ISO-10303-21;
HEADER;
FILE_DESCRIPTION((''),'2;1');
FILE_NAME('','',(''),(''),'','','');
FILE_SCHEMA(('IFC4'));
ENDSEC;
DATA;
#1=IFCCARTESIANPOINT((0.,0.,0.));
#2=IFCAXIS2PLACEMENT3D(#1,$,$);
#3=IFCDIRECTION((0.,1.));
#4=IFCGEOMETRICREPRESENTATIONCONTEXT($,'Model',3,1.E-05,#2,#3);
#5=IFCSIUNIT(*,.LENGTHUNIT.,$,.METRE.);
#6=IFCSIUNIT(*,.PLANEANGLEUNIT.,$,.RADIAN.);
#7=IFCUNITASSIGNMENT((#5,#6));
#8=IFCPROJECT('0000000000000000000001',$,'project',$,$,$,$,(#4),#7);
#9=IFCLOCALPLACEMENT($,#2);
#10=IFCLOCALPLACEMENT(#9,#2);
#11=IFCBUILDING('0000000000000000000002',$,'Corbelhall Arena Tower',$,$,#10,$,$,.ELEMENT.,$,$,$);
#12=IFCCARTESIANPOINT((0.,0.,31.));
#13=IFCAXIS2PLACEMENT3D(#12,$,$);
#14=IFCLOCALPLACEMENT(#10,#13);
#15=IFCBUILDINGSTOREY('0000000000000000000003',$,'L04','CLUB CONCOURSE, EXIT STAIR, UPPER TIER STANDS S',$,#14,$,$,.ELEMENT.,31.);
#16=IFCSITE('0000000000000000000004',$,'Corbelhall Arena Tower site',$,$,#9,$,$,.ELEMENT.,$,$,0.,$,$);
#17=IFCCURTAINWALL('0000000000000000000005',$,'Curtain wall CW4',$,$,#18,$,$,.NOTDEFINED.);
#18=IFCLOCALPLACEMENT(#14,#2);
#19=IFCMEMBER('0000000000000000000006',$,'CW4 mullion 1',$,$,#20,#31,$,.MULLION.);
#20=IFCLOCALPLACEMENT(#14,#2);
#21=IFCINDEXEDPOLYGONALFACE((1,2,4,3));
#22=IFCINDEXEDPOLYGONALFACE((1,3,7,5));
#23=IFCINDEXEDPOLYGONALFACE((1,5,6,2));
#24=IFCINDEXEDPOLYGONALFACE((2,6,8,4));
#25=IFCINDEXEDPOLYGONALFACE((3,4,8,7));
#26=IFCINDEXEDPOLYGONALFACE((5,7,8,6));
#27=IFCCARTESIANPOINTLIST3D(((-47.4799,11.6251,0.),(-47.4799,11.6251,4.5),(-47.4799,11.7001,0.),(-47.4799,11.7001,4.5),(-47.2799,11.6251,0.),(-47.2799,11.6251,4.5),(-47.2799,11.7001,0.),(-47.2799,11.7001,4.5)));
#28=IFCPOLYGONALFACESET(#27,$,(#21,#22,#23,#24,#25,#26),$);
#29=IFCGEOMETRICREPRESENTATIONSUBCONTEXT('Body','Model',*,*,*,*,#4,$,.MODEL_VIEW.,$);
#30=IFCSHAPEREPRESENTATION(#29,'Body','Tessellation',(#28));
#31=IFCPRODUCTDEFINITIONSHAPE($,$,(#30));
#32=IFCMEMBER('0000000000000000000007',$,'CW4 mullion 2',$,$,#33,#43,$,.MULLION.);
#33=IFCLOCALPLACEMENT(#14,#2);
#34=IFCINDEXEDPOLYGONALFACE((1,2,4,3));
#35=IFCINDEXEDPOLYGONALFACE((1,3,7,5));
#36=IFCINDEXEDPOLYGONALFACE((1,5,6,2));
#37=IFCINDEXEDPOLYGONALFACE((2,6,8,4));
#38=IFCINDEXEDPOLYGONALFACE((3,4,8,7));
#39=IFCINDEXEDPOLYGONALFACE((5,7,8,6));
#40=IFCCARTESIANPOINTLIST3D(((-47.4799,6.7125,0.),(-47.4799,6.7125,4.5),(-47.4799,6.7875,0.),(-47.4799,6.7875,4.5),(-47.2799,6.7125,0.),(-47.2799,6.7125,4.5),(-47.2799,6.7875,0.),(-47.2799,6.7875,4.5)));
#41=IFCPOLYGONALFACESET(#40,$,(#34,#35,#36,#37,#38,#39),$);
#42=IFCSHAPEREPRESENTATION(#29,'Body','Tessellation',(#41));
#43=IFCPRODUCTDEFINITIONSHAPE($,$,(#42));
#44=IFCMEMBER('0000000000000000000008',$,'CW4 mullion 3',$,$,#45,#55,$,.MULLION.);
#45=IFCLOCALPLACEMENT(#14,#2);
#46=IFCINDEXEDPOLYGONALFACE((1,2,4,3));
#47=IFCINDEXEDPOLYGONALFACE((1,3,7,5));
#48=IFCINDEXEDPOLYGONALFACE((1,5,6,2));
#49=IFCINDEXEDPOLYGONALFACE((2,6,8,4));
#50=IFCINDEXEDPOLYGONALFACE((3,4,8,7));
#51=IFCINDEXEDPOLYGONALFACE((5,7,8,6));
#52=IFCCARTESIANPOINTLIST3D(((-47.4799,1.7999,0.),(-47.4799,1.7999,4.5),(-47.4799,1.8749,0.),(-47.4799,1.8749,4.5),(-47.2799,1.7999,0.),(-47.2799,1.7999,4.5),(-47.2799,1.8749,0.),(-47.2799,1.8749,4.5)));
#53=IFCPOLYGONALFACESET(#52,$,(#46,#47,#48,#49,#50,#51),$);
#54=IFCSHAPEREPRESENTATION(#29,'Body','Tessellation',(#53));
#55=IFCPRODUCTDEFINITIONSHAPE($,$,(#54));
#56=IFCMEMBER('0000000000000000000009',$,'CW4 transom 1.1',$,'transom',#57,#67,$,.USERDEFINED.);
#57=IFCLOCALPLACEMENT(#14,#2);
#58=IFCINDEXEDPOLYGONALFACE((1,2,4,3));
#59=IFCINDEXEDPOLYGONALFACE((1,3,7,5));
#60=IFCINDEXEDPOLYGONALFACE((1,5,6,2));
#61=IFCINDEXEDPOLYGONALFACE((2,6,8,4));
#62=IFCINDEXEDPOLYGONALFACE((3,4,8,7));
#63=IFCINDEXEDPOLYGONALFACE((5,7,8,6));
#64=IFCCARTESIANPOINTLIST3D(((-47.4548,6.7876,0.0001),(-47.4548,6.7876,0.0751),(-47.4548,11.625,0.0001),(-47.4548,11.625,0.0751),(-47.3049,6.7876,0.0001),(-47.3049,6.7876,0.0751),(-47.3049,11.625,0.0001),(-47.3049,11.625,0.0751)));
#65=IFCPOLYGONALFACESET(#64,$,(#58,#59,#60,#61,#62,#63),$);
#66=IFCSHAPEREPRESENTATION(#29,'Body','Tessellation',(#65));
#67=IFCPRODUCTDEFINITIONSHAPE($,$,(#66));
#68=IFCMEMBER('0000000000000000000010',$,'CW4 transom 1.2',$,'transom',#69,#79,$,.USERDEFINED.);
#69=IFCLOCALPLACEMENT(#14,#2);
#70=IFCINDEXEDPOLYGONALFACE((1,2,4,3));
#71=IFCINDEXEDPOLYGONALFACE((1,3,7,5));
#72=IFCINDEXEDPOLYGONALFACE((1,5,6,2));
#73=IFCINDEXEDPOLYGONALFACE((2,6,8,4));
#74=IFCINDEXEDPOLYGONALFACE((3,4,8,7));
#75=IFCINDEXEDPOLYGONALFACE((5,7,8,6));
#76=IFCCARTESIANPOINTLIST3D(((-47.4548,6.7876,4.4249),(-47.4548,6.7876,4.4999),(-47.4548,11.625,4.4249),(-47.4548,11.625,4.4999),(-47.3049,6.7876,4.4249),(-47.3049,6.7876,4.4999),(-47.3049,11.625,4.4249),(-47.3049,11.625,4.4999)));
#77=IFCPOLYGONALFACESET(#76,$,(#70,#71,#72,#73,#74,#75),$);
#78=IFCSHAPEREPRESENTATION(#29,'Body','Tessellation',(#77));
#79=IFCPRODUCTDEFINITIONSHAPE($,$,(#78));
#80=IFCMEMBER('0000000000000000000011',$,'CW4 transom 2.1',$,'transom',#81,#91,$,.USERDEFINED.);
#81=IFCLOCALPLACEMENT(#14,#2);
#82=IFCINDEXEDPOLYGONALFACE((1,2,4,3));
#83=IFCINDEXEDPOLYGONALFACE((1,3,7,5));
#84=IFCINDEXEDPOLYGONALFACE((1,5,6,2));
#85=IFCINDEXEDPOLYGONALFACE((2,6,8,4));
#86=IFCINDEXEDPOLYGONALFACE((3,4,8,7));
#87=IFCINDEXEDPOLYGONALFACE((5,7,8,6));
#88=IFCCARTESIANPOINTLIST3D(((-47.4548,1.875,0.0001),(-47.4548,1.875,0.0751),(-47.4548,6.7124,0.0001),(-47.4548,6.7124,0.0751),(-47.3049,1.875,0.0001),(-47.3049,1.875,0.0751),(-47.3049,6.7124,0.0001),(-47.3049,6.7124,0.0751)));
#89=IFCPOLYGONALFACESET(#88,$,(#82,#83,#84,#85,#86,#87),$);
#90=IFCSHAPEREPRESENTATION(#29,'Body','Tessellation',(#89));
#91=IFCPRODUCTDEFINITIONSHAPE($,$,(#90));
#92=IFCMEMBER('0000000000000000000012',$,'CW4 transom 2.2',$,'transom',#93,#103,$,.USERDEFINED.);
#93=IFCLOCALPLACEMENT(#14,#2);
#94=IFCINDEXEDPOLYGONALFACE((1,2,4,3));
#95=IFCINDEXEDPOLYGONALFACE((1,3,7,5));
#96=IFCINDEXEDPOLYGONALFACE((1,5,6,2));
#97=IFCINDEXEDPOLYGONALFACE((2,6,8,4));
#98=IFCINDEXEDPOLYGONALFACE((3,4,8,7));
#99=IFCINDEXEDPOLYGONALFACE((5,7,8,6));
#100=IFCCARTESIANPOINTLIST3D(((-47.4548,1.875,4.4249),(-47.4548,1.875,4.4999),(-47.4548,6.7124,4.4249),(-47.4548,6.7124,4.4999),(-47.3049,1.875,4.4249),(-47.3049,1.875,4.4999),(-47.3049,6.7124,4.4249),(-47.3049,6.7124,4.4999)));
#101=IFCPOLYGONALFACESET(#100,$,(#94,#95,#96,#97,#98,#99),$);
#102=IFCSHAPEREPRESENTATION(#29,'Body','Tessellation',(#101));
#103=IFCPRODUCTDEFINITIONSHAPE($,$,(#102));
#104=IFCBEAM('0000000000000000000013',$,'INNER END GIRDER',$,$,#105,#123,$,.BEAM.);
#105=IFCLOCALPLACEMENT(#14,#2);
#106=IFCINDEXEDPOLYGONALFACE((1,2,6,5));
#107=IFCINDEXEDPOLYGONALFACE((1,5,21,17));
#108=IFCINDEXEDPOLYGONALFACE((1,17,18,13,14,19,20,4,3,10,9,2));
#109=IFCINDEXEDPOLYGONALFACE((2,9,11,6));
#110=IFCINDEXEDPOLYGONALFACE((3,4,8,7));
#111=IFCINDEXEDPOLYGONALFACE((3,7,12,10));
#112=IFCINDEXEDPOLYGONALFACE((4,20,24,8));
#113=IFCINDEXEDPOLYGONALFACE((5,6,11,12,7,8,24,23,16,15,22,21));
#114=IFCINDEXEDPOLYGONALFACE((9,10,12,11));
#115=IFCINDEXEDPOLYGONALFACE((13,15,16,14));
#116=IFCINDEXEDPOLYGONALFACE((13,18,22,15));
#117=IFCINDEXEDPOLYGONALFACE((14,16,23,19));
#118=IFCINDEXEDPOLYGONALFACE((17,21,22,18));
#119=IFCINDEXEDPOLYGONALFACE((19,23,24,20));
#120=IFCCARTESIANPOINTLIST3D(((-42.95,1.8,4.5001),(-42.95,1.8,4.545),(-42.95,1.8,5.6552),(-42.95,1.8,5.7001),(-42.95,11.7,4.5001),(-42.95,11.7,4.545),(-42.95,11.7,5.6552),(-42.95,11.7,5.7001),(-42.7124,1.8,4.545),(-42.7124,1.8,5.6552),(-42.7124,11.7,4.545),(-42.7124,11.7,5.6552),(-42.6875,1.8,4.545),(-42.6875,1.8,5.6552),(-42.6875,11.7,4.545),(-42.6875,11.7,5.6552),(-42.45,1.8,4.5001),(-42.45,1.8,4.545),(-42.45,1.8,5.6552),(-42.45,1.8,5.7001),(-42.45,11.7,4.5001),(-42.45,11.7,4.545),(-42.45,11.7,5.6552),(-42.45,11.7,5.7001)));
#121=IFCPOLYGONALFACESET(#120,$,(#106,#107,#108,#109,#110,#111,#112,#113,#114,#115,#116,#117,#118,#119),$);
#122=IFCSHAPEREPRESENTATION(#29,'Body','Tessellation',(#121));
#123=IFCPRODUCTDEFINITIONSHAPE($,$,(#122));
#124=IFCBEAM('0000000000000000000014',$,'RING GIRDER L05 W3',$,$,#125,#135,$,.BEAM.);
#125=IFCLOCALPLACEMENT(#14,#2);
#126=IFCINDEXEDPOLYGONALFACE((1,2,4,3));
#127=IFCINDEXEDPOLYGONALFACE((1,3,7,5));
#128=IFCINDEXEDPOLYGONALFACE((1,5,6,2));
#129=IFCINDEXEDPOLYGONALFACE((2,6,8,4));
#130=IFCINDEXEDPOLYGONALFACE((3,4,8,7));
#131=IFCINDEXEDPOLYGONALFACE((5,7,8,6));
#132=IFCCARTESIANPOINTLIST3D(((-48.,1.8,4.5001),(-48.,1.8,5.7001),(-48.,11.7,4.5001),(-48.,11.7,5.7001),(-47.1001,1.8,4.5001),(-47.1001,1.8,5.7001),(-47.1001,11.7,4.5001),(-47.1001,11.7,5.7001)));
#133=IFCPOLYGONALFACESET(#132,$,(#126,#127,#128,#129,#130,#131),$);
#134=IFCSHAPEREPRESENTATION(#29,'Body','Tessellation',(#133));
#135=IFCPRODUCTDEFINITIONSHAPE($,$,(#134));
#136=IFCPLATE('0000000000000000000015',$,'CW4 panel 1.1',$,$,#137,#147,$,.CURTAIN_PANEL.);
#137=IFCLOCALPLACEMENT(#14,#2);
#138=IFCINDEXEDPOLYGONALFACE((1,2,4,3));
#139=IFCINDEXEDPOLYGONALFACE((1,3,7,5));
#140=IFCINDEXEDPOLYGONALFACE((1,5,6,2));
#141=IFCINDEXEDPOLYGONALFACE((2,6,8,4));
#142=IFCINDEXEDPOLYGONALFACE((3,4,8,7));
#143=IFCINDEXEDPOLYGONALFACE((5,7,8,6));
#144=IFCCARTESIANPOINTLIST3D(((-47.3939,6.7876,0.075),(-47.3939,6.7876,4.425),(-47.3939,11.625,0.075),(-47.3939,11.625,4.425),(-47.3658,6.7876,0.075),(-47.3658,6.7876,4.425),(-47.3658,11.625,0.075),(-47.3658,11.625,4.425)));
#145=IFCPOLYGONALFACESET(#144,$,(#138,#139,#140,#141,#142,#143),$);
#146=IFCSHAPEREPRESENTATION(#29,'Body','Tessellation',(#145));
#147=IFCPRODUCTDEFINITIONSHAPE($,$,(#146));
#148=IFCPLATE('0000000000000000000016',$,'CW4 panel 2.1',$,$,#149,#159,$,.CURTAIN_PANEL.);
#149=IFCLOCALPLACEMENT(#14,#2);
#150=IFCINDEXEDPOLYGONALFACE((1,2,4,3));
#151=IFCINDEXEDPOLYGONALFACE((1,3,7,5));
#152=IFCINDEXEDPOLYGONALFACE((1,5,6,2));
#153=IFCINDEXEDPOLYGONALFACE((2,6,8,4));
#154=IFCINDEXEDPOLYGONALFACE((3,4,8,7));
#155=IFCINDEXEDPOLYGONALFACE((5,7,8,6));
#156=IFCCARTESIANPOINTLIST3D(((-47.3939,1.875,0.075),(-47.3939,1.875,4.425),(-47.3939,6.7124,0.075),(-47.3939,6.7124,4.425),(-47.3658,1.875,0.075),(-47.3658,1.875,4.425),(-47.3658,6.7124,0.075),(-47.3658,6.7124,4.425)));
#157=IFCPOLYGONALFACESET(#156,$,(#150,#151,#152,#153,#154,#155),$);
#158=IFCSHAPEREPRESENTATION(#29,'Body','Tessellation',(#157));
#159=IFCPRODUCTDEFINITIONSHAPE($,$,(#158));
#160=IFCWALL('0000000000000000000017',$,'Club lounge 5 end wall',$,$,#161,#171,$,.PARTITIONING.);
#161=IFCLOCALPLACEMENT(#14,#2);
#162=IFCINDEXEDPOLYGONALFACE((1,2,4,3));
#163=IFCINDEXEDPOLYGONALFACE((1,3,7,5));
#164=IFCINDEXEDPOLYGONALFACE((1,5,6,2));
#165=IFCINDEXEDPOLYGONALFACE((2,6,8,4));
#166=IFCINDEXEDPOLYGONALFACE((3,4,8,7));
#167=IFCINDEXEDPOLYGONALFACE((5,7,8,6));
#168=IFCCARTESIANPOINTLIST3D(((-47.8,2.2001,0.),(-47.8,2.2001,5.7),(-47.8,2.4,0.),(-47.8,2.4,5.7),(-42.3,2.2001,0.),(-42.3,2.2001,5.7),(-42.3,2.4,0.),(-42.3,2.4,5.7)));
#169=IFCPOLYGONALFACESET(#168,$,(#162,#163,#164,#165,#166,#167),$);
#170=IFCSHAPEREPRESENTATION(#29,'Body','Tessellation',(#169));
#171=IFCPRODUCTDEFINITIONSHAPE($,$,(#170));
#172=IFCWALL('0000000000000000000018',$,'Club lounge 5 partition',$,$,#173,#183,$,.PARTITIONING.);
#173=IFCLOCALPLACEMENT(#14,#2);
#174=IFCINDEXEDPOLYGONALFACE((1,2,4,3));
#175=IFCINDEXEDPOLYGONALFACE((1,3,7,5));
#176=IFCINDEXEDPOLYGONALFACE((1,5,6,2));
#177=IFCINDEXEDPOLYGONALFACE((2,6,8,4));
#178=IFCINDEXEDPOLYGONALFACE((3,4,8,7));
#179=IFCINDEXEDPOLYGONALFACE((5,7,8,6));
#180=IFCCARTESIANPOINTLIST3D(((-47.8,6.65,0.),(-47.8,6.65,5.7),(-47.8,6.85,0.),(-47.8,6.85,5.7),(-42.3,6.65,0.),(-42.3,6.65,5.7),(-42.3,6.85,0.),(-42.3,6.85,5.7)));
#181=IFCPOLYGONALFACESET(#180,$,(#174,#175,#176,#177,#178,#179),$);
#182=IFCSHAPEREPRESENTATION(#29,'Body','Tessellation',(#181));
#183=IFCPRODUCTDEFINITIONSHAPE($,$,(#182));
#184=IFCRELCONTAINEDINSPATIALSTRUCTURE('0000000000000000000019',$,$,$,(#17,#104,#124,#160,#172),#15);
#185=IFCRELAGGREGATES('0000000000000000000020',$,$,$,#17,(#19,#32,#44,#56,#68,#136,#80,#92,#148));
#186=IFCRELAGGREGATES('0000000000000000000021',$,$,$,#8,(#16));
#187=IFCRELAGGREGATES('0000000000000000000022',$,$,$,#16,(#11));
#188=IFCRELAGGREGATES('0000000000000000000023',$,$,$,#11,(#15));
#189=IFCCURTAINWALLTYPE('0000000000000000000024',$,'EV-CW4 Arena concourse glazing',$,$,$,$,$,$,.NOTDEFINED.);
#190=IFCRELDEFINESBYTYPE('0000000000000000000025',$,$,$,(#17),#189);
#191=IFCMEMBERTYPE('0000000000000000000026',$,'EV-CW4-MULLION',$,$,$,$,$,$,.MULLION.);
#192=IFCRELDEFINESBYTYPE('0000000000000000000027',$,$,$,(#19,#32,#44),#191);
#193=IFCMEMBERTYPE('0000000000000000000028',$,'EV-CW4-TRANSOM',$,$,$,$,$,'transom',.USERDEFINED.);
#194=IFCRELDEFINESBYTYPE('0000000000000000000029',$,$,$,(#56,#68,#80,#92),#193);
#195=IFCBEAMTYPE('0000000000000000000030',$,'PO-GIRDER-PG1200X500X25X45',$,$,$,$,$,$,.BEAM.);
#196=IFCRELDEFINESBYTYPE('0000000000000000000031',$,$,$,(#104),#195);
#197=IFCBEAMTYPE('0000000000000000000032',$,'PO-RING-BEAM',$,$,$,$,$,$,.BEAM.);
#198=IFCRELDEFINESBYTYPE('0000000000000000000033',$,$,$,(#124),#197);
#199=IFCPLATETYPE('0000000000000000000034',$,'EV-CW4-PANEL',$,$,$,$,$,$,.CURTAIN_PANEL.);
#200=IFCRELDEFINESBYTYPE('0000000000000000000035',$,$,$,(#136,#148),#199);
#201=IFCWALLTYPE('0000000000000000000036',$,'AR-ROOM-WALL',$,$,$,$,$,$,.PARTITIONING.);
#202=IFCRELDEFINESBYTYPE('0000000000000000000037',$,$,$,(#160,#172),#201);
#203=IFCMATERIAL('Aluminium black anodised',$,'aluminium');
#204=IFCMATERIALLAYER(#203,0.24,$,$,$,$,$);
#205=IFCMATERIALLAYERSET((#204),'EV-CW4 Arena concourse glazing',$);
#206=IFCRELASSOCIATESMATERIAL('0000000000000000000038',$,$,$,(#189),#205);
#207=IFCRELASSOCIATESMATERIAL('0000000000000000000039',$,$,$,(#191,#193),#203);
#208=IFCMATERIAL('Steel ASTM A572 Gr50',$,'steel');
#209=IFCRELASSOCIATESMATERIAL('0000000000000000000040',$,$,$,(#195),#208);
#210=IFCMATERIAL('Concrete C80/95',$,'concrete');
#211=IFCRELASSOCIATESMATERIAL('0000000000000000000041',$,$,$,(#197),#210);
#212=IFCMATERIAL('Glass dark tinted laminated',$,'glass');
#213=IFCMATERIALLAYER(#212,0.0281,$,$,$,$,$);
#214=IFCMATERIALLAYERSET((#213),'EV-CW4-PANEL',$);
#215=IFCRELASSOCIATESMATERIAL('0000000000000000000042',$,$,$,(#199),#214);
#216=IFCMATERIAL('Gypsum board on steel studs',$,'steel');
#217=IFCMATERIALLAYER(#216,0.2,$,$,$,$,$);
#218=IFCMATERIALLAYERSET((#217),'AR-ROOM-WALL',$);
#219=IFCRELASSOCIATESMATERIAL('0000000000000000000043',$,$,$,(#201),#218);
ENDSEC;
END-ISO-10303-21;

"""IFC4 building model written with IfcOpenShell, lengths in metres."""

from ifc_helpers import new_model, si_unit, direction, frame, frame_2d, origin, origin_2d, place, context, subcontext, project, spatial, rectangle, i_section, extrude, material, layer, layer_set, material_profile, profile_set, type_object, element, aggregate, save


model = new_model("IFC4")

# Units and contexts
model_context = context("Model", 3, precision=1e-05, world=origin(), true_north=direction((0.0, 1.0)))
body_context = subcontext(model_context, "Body", "Model", "MODEL_VIEW")
ifc_project = project(units=[si_unit("LENGTHUNIT", "METRE"), si_unit("PLANEANGLEUNIT", "RADIAN")], contexts=[model_context])

# Site, building, storey
site_placement = place(None, origin())
site = spatial("IfcSite", under=ifc_project, at=site_placement, Name="Corbelhall Arena Tower site", CompositionType="ELEMENT", RefElevation=0.0)
building_placement = place(site_placement, origin())
building = spatial("IfcBuilding", under=site, at=building_placement, Name="Corbelhall Arena Tower", CompositionType="ELEMENT")
storey_placement = place(building_placement, frame((0.0, 0.0, 31.0)))
storey = spatial("IfcBuildingStorey", under=building, at=storey_placement, Name="L04", Description="CLUB CONCOURSE, EXIT STAIR, UPPER TIER STANDS S", CompositionType="ELEMENT", Elevation=31.0)

# Curtain wall, members
ifc_material_1 = material(Name="Aluminium black anodised", Category="aluminium")
ifc_layer_1 = layer(ifc_material_1, 0.24)
ifc_layer_set_1 = layer_set([ifc_layer_1], Name="EV-CW4 Arena concourse glazing")
curtain_wall_type = type_object("IfcCurtainWallType", Name="EV-CW4 Arena concourse glazing", PredefinedType="NOTDEFINED", material=ifc_layer_set_1)
curtain_wall_placement = place(storey_placement, origin())
curtain_wall = element("IfcCurtainWall", 1, at=curtain_wall_placement, inside=storey, type_object=curtain_wall_type, Name="Curtain wall CW4", PredefinedType="NOTDEFINED")
ifc_material_profile_1 = material_profile(ifc_material_1, rectangle(XDim=0.2, YDim=0.075, at=origin_2d()))
ifc_profile_set_1 = profile_set([ifc_material_profile_1], Name="Aluminium black anodised")
member_type_1 = type_object("IfcMemberType", Name="EV-CW4-MULLION", PredefinedType="MULLION", material=ifc_profile_set_1)
member_1_placement = place(storey_placement, frame((-47.3799, 11.6626, 0.0), z_axis=(0.0, 0.0, 1.0), x_axis=(1.0, 0.0, 0.0)))
member_1 = element("IfcMember", 2, at=member_1_placement, type_object=member_type_1, Name="CW4 mullion 1", PredefinedType="MULLION", context=body_context, shape_type="SweptSolid", body=[
    extrude(rectangle(XDim=0.2, YDim=0.075, at=origin_2d()), origin(), (0.0, 0.0, 1.0), 4.5),
])
member_2_placement = place(storey_placement, frame((-47.3799, 6.75, 0.0), z_axis=(0.0, 0.0, 1.0), x_axis=(1.0, 0.0, 0.0)))
member_2 = element("IfcMember", 3, at=member_2_placement, type_object=member_type_1, Name="CW4 mullion 2", PredefinedType="MULLION", context=body_context, shape_type="SweptSolid", body=[
    extrude(rectangle(XDim=0.2, YDim=0.075, at=origin_2d()), origin(), (0.0, 0.0, 1.0), 4.5),
])
member_3_placement = place(storey_placement, frame((-47.3799, 1.8374, 0.0), z_axis=(0.0, 0.0, 1.0), x_axis=(1.0, 0.0, 0.0)))
member_3 = element("IfcMember", 4, at=member_3_placement, type_object=member_type_1, Name="CW4 mullion 3", PredefinedType="MULLION", context=body_context, shape_type="SweptSolid", body=[
    extrude(rectangle(XDim=0.2, YDim=0.075, at=origin_2d()), origin(), (0.0, 0.0, 1.0), 4.5),
])
ifc_material_profile_2 = material_profile(ifc_material_1, rectangle(XDim=0.1499, YDim=0.075, at=origin_2d()))
ifc_profile_set_2 = profile_set([ifc_material_profile_2], Name="Aluminium black anodised")
member_type_2 = type_object("IfcMemberType", Name="EV-CW4-TRANSOM", ElementType="transom", PredefinedType="USERDEFINED", material=ifc_profile_set_2)
member_4_placement = place(storey_placement, frame((-47.3799, 11.625, 0.0376), z_axis=(0.0, -1.0, 0.0), x_axis=(1.0, 0.0, 0.0)))
member_4 = element("IfcMember", 5, at=member_4_placement, type_object=member_type_2, Name="CW4 transom 1.1", ObjectType="transom", PredefinedType="USERDEFINED", context=body_context, shape_type="SweptSolid", body=[
    extrude(rectangle(XDim=0.1499, YDim=0.075, at=origin_2d()), origin(), (0.0, 0.0, 1.0), 4.8374),
])
member_5_placement = place(storey_placement, frame((-47.3799, 11.625, 4.4624), z_axis=(0.0, -1.0, 0.0), x_axis=(1.0, 0.0, 0.0)))
member_5 = element("IfcMember", 6, at=member_5_placement, type_object=member_type_2, Name="CW4 transom 1.2", ObjectType="transom", PredefinedType="USERDEFINED", context=body_context, shape_type="SweptSolid", body=[
    extrude(rectangle(XDim=0.1499, YDim=0.075, at=origin_2d()), origin(), (0.0, 0.0, 1.0), 4.8374),
])
member_6_placement = place(storey_placement, frame((-47.3799, 6.7124, 0.0376), z_axis=(0.0, -1.0, 0.0), x_axis=(1.0, 0.0, 0.0)))
member_6 = element("IfcMember", 7, at=member_6_placement, type_object=member_type_2, Name="CW4 transom 2.1", ObjectType="transom", PredefinedType="USERDEFINED", context=body_context, shape_type="SweptSolid", body=[
    extrude(rectangle(XDim=0.1499, YDim=0.075, at=origin_2d()), origin(), (0.0, 0.0, 1.0), 4.8374),
])
member_7_placement = place(storey_placement, frame((-47.3799, 6.7124, 4.4624), z_axis=(0.0, -1.0, 0.0), x_axis=(1.0, 0.0, 0.0)))
member_7 = element("IfcMember", 8, at=member_7_placement, type_object=member_type_2, Name="CW4 transom 2.2", ObjectType="transom", PredefinedType="USERDEFINED", context=body_context, shape_type="SweptSolid", body=[
    extrude(rectangle(XDim=0.1499, YDim=0.075, at=origin_2d()), origin(), (0.0, 0.0, 1.0), 4.8374),
])

# Beams
ifc_material_2 = material(Name="Steel ASTM A572 Gr50", Category="steel")
ifc_material_profile_3 = material_profile(ifc_material_2, i_section(OverallWidth=0.5, OverallDepth=1.2, WebThickness=0.0249, FlangeThickness=0.0449, at=origin_2d()))
ifc_profile_set_3 = profile_set([ifc_material_profile_3], Name="Steel ASTM A572 Gr50")
beam_type_1 = type_object("IfcBeamType", Name="PO-GIRDER-PG1200X500X25X45", PredefinedType="BEAM", material=ifc_profile_set_3)
beam_1_placement = place(storey_placement, frame((-42.7, 1.8, 5.1001), z_axis=(0.0, 1.0, 0.0), x_axis=(-1.0, 0.0, 0.0)))
element("IfcBeam", 9, at=beam_1_placement, inside=storey, type_object=beam_type_1, Name="INNER END GIRDER", PredefinedType="BEAM", context=body_context, shape_type="SweptSolid", body=[
    extrude(i_section(OverallWidth=0.5, OverallDepth=1.2, WebThickness=0.0249, FlangeThickness=0.0449, at=origin_2d()), origin(), (0.0, 0.0, 1.0), 9.8999),
])
ifc_material_3 = material(Name="Concrete C80/95", Category="concrete")
ifc_material_profile_4 = material_profile(ifc_material_3, rectangle(XDim=0.8999, YDim=1.2, at=origin_2d()))
ifc_profile_set_4 = profile_set([ifc_material_profile_4], Name="Concrete C80/95")
beam_type_2 = type_object("IfcBeamType", Name="PO-RING-BEAM", PredefinedType="BEAM", material=ifc_profile_set_4)
beam_2_placement = place(storey_placement, frame((-47.55, 1.8, 5.1001), z_axis=(0.0, 1.0, 0.0), x_axis=(-1.0, 0.0, 0.0)))
element("IfcBeam", 10, at=beam_2_placement, inside=storey, type_object=beam_type_2, Name="RING GIRDER L05 W3", PredefinedType="BEAM", context=body_context, shape_type="SweptSolid", body=[
    extrude(rectangle(XDim=0.8999, YDim=1.2, at=origin_2d()), origin(), (0.0, 0.0, 1.0), 9.8999),
])

# Plates
ifc_material_4 = material(Name="Glass dark tinted laminated", Category="glass")
ifc_layer_2 = layer(ifc_material_4, 0.0281)
ifc_layer_set_2 = layer_set([ifc_layer_2], Name="EV-CW4-PANEL")
plate_type = type_object("IfcPlateType", Name="EV-CW4-PANEL", PredefinedType="CURTAIN_PANEL", material=ifc_layer_set_2)
plate_1_placement = place(storey_placement, frame((-47.3799, 9.2063, 0.075), z_axis=(0.0, 0.0, 1.0), x_axis=(0.0, -1.0, 0.0)))
plate_1 = element("IfcPlate", 11, at=plate_1_placement, type_object=plate_type, Name="CW4 panel 1.1", PredefinedType="CURTAIN_PANEL", context=body_context, shape_type="SweptSolid", body=[
    extrude(rectangle(XDim=4.8374, YDim=0.0281, at=origin_2d()), origin(), (0.0, 0.0, 1.0), 4.3501),
])
plate_2_placement = place(storey_placement, frame((-47.3799, 4.2937, 0.075), z_axis=(0.0, 0.0, 1.0), x_axis=(0.0, -1.0, 0.0)))
plate_2 = element("IfcPlate", 12, at=plate_2_placement, type_object=plate_type, Name="CW4 panel 2.1", PredefinedType="CURTAIN_PANEL", context=body_context, shape_type="SweptSolid", body=[
    extrude(rectangle(XDim=4.8374, YDim=0.0281, at=origin_2d()), origin(), (0.0, 0.0, 1.0), 4.3501),
])
aggregate(curtain_wall, [member_1, member_2, member_3, member_4, member_5, plate_1, member_6, member_7, plate_2])

# Shared definitions
ifc_material_5 = material(Name="Gypsum board on steel studs", Category="steel")
ifc_layer_3 = layer(ifc_material_5, 0.2)
ifc_layer_set_3 = layer_set([ifc_layer_3], Name="AR-ROOM-WALL")
wall_type = type_object("IfcWallType", Name="AR-ROOM-WALL", PredefinedType="PARTITIONING", material=ifc_layer_set_3)

# Walls
for number, where, z_axis, x_axis, name in (
    (13, (-42.3, 2.3, 0.0), (0.0, 0.0, 1.0), (-1.0, 0.0, 0.0), "Club lounge 5 end wall"),
    (14, (-47.8, 6.75, 0.0), (0.0, 0.0, 1.0), (1.0, 0.0, 0.0), "Club lounge 5 partition"),
):
    element("IfcWall", number, at=place(storey_placement, frame(where, z_axis=z_axis, x_axis=x_axis)), inside=storey, type_object=wall_type, Name=name, PredefinedType="PARTITIONING", context=body_context, shape_type="SweptSolid", body=[
        extrude(rectangle(XDim=5.5, YDim=0.2, at=frame_2d((2.75, 0.0))), origin(), (0.0, 0.0, 1.0), 5.7),
    ])

save(model, "model.ifc")
